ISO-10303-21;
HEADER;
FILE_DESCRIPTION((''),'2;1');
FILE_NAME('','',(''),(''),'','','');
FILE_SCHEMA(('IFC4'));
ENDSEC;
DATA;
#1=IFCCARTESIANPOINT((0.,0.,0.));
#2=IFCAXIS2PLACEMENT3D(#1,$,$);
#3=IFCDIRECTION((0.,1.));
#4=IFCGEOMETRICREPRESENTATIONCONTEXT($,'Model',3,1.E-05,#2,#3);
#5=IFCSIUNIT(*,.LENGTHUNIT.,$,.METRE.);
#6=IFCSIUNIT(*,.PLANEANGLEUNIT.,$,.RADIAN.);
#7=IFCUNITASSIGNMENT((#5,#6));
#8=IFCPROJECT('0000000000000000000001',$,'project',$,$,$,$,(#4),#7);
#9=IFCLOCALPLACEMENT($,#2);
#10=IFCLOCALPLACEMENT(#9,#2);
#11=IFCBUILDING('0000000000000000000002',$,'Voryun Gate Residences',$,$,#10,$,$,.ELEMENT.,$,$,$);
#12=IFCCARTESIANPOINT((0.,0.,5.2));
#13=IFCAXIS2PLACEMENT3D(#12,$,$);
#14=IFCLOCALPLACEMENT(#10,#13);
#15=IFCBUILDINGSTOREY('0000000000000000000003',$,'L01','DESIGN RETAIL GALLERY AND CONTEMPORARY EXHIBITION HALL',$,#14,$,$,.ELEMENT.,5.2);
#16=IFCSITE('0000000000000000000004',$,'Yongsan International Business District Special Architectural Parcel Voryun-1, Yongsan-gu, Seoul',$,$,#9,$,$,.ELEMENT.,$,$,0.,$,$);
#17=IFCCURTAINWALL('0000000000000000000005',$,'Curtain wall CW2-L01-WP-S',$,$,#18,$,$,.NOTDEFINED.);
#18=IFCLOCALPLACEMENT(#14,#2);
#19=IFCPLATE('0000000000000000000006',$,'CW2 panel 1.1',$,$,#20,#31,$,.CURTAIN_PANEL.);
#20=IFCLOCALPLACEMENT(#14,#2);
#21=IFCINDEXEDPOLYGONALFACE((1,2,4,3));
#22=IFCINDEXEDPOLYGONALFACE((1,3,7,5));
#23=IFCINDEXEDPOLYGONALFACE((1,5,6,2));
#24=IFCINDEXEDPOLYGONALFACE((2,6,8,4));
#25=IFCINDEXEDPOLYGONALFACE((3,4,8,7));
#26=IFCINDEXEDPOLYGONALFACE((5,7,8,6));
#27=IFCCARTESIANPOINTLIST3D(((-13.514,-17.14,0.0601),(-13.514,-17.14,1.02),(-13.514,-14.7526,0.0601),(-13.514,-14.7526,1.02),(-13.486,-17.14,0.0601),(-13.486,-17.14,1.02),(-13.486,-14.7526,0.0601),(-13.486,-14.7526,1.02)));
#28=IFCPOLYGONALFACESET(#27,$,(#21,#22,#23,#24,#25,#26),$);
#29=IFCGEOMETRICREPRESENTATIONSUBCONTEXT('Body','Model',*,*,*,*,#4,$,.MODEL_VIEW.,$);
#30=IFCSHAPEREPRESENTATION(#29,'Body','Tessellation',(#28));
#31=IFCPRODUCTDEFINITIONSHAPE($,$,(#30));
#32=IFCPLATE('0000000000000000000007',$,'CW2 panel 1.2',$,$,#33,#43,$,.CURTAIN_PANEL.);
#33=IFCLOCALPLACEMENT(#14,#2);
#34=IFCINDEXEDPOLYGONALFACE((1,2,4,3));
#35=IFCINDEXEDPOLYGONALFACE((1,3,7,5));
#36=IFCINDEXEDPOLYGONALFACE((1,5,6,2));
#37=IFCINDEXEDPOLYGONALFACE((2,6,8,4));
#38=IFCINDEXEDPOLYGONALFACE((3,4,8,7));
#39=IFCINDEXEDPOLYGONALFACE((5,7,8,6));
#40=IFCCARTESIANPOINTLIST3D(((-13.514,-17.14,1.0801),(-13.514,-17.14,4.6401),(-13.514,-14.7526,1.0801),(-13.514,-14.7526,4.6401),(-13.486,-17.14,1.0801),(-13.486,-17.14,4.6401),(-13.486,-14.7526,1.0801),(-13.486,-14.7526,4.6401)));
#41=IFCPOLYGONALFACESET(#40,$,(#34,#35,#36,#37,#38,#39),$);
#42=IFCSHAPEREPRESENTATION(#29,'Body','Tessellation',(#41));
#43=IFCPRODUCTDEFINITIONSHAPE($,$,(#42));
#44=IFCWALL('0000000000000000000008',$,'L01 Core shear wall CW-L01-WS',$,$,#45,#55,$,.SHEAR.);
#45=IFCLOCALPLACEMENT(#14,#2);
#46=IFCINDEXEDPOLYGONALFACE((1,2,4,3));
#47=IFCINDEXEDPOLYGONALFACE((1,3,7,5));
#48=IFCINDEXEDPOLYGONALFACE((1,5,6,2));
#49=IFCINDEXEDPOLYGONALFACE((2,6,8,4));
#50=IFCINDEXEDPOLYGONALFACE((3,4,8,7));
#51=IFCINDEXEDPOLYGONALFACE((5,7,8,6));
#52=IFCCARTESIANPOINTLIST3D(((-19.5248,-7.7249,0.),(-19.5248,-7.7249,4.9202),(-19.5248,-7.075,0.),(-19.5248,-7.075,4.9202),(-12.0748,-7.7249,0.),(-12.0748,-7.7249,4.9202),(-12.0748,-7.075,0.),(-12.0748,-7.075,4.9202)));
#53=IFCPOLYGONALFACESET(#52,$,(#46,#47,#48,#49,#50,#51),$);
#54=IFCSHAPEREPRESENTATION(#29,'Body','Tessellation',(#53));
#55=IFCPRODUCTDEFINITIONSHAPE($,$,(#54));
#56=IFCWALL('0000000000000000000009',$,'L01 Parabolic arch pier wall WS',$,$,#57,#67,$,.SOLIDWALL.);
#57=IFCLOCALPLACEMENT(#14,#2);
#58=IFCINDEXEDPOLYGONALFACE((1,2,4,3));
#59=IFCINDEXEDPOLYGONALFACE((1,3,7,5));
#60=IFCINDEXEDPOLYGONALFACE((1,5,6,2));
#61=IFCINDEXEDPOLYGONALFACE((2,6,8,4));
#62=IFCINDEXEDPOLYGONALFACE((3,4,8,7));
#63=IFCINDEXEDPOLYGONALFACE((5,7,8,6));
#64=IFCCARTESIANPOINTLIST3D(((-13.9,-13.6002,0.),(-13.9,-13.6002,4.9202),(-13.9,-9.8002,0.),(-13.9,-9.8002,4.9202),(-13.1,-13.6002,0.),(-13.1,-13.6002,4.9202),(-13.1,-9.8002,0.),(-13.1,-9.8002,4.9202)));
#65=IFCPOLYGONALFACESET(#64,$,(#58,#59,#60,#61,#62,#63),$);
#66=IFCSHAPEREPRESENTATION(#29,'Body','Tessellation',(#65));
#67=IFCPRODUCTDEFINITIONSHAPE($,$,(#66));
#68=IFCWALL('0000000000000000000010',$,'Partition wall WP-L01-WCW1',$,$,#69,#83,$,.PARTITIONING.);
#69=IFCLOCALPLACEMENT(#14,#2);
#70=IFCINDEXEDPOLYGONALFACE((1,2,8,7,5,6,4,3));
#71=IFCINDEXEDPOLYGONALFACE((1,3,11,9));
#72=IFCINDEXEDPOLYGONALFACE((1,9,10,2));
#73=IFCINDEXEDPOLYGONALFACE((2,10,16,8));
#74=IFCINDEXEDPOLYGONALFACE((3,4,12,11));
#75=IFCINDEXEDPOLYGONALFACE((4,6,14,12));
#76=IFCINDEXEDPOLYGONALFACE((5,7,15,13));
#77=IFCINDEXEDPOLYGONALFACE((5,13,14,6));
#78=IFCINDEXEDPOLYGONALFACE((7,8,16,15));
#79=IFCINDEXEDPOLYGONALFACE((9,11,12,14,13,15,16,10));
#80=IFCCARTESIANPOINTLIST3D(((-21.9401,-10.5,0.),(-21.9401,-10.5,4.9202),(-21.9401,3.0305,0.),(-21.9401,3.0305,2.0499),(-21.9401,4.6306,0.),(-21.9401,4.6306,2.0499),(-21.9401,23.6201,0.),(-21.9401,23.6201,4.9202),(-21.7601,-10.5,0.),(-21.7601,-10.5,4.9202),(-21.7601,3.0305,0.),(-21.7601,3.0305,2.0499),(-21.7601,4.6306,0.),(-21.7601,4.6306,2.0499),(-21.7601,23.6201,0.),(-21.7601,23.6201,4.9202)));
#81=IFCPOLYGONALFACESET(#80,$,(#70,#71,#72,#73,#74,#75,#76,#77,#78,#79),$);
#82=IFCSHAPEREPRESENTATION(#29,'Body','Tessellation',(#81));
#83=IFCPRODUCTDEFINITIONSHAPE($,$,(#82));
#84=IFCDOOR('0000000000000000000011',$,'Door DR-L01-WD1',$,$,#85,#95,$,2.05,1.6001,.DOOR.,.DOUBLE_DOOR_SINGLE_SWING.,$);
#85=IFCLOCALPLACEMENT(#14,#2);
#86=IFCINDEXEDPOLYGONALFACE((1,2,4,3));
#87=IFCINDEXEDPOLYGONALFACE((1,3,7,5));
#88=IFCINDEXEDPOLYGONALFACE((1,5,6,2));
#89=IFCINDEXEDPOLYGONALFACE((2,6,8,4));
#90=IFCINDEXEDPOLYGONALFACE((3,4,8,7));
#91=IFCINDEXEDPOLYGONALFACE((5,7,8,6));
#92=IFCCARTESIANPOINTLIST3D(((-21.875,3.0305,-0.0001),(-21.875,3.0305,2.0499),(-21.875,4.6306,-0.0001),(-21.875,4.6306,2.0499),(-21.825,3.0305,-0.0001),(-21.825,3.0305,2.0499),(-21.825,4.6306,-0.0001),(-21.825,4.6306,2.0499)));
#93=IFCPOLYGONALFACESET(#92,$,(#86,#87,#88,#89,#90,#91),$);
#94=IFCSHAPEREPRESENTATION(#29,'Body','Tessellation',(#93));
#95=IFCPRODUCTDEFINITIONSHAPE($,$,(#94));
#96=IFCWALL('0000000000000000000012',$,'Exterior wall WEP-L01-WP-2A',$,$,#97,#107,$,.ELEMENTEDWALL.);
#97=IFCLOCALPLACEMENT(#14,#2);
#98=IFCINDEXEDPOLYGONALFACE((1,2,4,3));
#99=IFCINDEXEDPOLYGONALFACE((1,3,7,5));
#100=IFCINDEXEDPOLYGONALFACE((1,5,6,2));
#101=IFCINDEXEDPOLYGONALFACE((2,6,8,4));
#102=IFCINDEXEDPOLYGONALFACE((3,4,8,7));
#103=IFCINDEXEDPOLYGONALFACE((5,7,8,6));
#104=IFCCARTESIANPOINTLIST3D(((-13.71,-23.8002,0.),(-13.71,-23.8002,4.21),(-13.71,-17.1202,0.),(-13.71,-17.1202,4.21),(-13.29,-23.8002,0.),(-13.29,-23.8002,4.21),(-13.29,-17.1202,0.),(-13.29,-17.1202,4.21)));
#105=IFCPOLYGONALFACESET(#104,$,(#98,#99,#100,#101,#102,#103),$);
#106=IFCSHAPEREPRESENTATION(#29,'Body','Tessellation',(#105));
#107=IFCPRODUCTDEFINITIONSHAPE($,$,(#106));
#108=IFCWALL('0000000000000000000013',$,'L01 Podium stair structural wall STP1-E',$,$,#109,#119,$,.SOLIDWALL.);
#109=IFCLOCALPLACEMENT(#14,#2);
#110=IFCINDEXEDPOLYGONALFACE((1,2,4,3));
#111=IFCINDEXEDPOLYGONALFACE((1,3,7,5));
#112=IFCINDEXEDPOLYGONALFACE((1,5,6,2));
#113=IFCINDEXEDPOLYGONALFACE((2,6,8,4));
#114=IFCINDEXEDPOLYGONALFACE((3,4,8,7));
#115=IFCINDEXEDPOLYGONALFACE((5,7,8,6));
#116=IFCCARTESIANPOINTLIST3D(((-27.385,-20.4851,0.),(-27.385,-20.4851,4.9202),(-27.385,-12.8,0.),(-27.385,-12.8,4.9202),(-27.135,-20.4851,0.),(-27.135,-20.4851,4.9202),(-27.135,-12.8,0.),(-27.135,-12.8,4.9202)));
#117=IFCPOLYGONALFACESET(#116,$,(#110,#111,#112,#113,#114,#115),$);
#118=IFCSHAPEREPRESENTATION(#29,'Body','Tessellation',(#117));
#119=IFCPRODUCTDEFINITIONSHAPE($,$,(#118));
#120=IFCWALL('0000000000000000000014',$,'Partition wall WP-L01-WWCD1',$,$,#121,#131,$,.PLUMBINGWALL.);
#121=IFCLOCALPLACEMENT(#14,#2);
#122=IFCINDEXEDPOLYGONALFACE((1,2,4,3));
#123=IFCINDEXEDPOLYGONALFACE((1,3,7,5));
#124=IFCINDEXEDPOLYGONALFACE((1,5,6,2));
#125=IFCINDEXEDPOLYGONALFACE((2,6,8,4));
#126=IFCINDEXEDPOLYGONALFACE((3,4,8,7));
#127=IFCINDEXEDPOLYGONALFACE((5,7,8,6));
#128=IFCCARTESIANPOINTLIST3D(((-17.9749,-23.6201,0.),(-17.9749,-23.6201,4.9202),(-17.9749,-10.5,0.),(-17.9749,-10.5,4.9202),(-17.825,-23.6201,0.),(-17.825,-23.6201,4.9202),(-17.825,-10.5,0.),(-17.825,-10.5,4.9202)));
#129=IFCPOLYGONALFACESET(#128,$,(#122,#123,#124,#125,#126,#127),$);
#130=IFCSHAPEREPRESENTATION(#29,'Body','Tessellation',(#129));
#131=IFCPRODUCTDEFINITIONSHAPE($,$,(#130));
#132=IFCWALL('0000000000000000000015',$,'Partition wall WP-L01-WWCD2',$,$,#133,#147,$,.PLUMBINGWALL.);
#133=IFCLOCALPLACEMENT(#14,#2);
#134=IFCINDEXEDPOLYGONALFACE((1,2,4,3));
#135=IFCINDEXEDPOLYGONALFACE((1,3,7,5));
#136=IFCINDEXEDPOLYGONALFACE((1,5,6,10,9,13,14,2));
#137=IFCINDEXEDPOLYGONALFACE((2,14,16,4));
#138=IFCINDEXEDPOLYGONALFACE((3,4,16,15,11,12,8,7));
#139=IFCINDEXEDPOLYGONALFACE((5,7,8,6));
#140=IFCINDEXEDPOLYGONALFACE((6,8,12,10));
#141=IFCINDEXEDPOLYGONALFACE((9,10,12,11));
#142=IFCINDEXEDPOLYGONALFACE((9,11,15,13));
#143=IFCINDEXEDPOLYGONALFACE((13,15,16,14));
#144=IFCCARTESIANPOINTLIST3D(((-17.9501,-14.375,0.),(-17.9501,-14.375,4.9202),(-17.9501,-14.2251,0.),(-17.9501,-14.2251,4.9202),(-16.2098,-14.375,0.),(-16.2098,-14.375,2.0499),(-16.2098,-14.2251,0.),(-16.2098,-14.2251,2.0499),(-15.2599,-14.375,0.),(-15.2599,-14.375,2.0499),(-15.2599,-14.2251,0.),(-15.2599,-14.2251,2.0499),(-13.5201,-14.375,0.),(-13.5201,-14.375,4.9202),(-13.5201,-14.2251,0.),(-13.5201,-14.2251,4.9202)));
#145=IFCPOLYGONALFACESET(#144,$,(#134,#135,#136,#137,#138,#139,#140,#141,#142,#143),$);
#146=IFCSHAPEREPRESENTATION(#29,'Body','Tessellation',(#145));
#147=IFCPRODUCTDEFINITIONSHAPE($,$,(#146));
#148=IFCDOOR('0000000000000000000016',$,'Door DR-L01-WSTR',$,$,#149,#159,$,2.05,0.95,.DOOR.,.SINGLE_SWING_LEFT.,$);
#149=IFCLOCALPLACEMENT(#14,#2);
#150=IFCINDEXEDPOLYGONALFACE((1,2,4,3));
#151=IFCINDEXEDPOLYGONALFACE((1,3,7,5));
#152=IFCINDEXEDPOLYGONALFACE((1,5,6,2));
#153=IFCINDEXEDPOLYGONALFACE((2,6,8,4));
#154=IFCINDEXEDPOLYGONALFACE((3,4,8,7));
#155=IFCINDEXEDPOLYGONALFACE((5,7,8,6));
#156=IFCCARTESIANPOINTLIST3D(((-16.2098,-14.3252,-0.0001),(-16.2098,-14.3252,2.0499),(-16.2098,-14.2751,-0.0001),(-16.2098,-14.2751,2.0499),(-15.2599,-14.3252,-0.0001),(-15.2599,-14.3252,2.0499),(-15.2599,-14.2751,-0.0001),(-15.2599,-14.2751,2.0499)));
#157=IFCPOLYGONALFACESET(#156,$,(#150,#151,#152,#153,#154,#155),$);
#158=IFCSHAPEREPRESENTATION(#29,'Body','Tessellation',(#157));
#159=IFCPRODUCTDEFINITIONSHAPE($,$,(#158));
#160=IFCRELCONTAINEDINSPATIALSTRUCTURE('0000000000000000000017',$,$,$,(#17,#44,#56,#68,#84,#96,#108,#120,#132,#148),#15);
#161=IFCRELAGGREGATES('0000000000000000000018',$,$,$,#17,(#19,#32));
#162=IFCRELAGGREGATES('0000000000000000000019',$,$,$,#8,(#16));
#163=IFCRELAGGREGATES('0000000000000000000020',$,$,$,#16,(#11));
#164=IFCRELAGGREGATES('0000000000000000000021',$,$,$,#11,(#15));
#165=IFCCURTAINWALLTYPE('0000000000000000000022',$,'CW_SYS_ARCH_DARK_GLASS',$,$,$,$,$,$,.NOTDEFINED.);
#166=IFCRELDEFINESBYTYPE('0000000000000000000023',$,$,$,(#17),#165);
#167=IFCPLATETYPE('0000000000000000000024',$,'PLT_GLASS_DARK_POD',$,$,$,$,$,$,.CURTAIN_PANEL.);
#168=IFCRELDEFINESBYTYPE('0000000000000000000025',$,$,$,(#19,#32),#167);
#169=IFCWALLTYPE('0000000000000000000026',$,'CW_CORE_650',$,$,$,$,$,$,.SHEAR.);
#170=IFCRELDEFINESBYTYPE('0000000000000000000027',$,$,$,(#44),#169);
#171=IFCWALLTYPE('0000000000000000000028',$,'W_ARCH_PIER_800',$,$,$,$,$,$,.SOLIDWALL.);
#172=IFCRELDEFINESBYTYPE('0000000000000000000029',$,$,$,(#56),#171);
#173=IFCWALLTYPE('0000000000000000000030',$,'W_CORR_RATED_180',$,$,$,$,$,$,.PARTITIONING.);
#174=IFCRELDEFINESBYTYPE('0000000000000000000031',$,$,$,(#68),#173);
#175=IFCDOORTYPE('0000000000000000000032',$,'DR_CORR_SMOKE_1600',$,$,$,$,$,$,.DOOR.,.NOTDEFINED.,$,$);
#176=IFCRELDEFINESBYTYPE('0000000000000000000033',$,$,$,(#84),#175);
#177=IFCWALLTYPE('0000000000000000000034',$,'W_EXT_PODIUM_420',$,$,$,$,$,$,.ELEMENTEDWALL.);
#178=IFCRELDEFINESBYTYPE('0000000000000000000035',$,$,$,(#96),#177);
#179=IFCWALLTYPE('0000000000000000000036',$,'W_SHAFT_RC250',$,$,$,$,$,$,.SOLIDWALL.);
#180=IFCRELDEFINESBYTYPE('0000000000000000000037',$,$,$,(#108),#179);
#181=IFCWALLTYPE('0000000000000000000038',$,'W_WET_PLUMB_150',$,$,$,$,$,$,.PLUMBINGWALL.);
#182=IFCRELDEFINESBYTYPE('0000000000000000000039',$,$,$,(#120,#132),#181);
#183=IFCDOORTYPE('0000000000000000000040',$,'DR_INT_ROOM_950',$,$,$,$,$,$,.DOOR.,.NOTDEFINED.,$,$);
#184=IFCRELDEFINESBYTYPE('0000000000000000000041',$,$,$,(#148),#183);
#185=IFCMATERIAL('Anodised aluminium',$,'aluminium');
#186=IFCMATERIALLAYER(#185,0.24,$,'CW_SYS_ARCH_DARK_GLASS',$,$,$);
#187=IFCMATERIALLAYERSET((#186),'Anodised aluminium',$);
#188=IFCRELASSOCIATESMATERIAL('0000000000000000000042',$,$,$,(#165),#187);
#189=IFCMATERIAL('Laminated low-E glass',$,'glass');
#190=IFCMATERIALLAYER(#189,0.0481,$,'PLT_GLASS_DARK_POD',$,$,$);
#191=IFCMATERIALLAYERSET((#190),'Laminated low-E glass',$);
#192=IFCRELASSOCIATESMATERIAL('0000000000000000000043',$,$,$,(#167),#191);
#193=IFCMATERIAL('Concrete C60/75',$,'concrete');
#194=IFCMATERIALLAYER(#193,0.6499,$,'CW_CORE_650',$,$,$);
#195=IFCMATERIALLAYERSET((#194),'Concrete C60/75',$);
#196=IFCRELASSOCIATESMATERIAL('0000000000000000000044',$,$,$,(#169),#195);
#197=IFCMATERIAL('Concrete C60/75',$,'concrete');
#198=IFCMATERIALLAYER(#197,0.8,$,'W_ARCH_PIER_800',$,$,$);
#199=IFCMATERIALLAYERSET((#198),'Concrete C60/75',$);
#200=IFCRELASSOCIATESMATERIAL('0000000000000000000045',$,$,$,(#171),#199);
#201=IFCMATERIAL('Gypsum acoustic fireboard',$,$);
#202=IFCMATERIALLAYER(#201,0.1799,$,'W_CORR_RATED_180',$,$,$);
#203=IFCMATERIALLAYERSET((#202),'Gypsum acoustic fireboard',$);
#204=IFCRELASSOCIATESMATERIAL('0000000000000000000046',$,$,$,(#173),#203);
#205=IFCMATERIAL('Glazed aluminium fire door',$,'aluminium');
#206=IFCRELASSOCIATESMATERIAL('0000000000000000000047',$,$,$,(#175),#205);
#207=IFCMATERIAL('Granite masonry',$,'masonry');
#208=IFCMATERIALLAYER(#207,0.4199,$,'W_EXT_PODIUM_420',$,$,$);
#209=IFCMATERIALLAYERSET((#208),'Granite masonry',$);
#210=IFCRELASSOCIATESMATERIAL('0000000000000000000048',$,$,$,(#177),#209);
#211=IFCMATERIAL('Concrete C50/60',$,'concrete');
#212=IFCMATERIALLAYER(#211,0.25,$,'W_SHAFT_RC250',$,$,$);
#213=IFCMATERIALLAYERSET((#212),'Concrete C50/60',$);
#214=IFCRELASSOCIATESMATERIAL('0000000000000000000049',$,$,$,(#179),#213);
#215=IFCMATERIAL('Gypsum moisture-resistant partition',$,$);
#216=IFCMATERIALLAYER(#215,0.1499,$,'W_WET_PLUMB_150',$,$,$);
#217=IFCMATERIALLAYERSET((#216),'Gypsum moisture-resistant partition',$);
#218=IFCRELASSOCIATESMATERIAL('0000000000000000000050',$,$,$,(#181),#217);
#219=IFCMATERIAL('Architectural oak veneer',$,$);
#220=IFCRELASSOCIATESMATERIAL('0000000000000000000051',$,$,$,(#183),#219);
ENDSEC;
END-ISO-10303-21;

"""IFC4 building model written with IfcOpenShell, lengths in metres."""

from ifc_helpers import new_model, si_unit, direction, frame, frame_2d, origin, origin_2d, place, context, subcontext, project, spatial, rectangle, extrude, material, layer, layer_set, type_object, element, fill, aggregate, save


model = new_model("IFC4")

# Units and contexts
model_context = context("Model", 3, precision=1e-05, world=origin(), true_north=direction((0.0, 1.0)))
body_context = subcontext(model_context, "Body", "Model", "MODEL_VIEW")
ifc_project = project(units=[si_unit("LENGTHUNIT", "METRE"), si_unit("PLANEANGLEUNIT", "RADIAN")], contexts=[model_context])

# Site, building, storey
site_placement = place(None, origin())
site = spatial("IfcSite", under=ifc_project, at=site_placement, Name="Yongsan International Business District Special Architectural Parcel Voryun-1, Yongsan-gu, Seoul", CompositionType="ELEMENT", RefElevation=0.0)
building_placement = place(site_placement, origin())
building = spatial("IfcBuilding", under=site, at=building_placement, Name="Voryun Gate Residences", CompositionType="ELEMENT")
storey_placement = place(building_placement, frame((0.0, 0.0, 5.2)))
storey = spatial("IfcBuildingStorey", under=building, at=storey_placement, Name="L01", Description="DESIGN RETAIL GALLERY AND CONTEMPORARY EXHIBITION HALL", CompositionType="ELEMENT", Elevation=5.2)

# Curtain wall
ifc_material_1 = material(Name="Anodised aluminium", Category="aluminium")
ifc_layer_1 = layer(ifc_material_1, 0.24, Name="CW_SYS_ARCH_DARK_GLASS")
ifc_layer_set_1 = layer_set([ifc_layer_1], Name="Anodised aluminium")
curtain_wall_type = type_object("IfcCurtainWallType", Name="CW_SYS_ARCH_DARK_GLASS", PredefinedType="NOTDEFINED", material=ifc_layer_set_1)
curtain_wall_placement = place(storey_placement, origin())
curtain_wall = element("IfcCurtainWall", 1, at=curtain_wall_placement, inside=storey, type_object=curtain_wall_type, Name="Curtain wall CW2-L01-WP-S", PredefinedType="NOTDEFINED")

# Plates
ifc_material_2 = material(Name="Laminated low-E glass", Category="glass")
ifc_layer_2 = layer(ifc_material_2, 0.0481, Name="PLT_GLASS_DARK_POD")
ifc_layer_set_2 = layer_set([ifc_layer_2], Name="Laminated low-E glass")
plate_type_1 = type_object("IfcPlateType", Name="PLT_GLASS_DARK_POD", PredefinedType="CURTAIN_PANEL", material=ifc_layer_set_2)
plate_1_placement = place(storey_placement, frame((-13.5, -15.9463, 0.0601), z_axis=(0.0, 0.0, 1.0), x_axis=(0.0, 1.0, 0.0)))
plate_1 = element("IfcPlate", 2, at=plate_1_placement, type_object=plate_type_1, Name="CW2 panel 1.1", PredefinedType="CURTAIN_PANEL", context=body_context, shape_type="SweptSolid", body=[
    extrude(rectangle(XDim=2.3875, YDim=0.0281, at=origin_2d()), origin(), (0.0, 0.0, 1.0), 0.96),
])
plate_2_placement = place(storey_placement, frame((-13.5, -15.9463, 1.0801), z_axis=(0.0, 0.0, 1.0), x_axis=(0.0, 1.0, 0.0)))
plate_2 = element("IfcPlate", 3, at=plate_2_placement, type_object=plate_type_1, Name="CW2 panel 1.2", PredefinedType="CURTAIN_PANEL", context=body_context, shape_type="SweptSolid", body=[
    extrude(rectangle(XDim=2.3875, YDim=0.0281, at=origin_2d()), origin(), (0.0, 0.0, 1.0), 3.5601),
])
aggregate(curtain_wall, [plate_1, plate_2])

# Walls
ifc_material_3 = material(Name="Concrete C60/75", Category="concrete")
ifc_layer_3 = layer(ifc_material_3, 0.6499, Name="CW_CORE_650")
ifc_layer_set_3 = layer_set([ifc_layer_3], Name="Concrete C60/75")
wall_type_1 = type_object("IfcWallType", Name="CW_CORE_650", PredefinedType="SHEAR", material=ifc_layer_set_3)
wall_1_placement = place(storey_placement, frame((-19.5249, -7.3999, 0.0), z_axis=(0.0, 0.0, 1.0), x_axis=(1.0, 0.0, 0.0)))
element("IfcWall", 4, at=wall_1_placement, inside=storey, type_object=wall_type_1, Name="L01 Core shear wall CW-L01-WS", PredefinedType="SHEAR", context=body_context, shape_type="SweptSolid", body=[
    extrude(rectangle(XDim=7.45, YDim=0.6499, at=frame_2d((3.7251, 0.0))), origin(), (0.0, 0.0, 1.0), 4.9202),
])
ifc_material_4 = material(Name="Concrete C60/75", Category="concrete")
ifc_layer_4 = layer(ifc_material_4, 0.8, Name="W_ARCH_PIER_800")
ifc_layer_set_4 = layer_set([ifc_layer_4], Name="Concrete C60/75")
wall_type_2 = type_object("IfcWallType", Name="W_ARCH_PIER_800", PredefinedType="SOLIDWALL", material=ifc_layer_set_4)
wall_2_placement = place(storey_placement, frame((-13.5, -13.6001, 0.0), z_axis=(0.0, 0.0, 1.0), x_axis=(0.0, 1.0, 0.0)))
element("IfcWall", 5, at=wall_2_placement, inside=storey, type_object=wall_type_2, Name="L01 Parabolic arch pier wall WS", PredefinedType="SOLIDWALL", context=body_context, shape_type="SweptSolid", body=[
    extrude(rectangle(XDim=3.8, YDim=0.8, at=frame_2d((1.8999, 0.0))), origin(), (0.0, 0.0, 1.0), 4.9202),
])

# Wall, opening, door
ifc_material_5 = material(Name="Gypsum acoustic fireboard")
ifc_layer_5 = layer(ifc_material_5, 0.1799, Name="W_CORR_RATED_180")
ifc_layer_set_5 = layer_set([ifc_layer_5], Name="Gypsum acoustic fireboard")
wall_type_3 = type_object("IfcWallType", Name="W_CORR_RATED_180", PredefinedType="PARTITIONING", material=ifc_layer_set_5)
wall_3_placement = place(storey_placement, frame((-21.8501, -10.5, 0.0), z_axis=(0.0, 0.0, 1.0), x_axis=(0.0, 1.0, 0.0)))
wall_3 = element("IfcWall", 6, at=wall_3_placement, inside=storey, type_object=wall_type_3, Name="Partition wall WP-L01-WCW1", PredefinedType="PARTITIONING", context=body_context, shape_type="SweptSolid", body=[
    extrude(rectangle(XDim=34.1201, YDim=0.1799, at=frame_2d((17.0601, 0.0))), origin(), (0.0, 0.0, 1.0), 4.9202),
])
opening_1_placement = place(wall_3_placement, frame((13.5305, 0.0, 0.0)))
opening_1 = element("IfcOpeningElement", 7, at=opening_1_placement, cuts=wall_3, PredefinedType="OPENING", context=body_context, shape_type="SweptSolid", body=[
    extrude(rectangle(XDim=1.6001, YDim=2.05, at=frame_2d((0.8, 1.0249))), frame((0.0, 0.0999, 0.0), z_axis=(0.0, -1.0, 0.0), x_axis=(1.0, 0.0, 0.0)), (0.0, 0.0, 1.0), 0.2),
])
ifc_material_6 = material(Name="Glazed aluminium fire door", Category="aluminium")
door_type_1 = type_object("IfcDoorType", Name="DR_CORR_SMOKE_1600", OperationType="NOTDEFINED", PredefinedType="DOOR", material=ifc_material_6)
door_1_placement = place(opening_1_placement, origin())
door_1 = element("IfcDoor", 8, at=door_1_placement, inside=storey, type_object=door_type_1, Name="Door DR-L01-WD1", OperationType="DOUBLE_DOOR_SINGLE_SWING", OverallHeight=2.05, OverallWidth=1.6001, PredefinedType="DOOR", context=body_context, shape_type="SweptSolid", body=[
    extrude(rectangle(XDim=1.6001, YDim=2.05, at=frame_2d((0.8, 1.0249))), frame((0.0, 0.0249, 0.0), z_axis=(0.0, -1.0, 0.0), x_axis=(1.0, 0.0, 0.0)), (0.0, 0.0, 1.0), 0.05),
])
fill(opening_1, door_1)

# Walls
ifc_material_7 = material(Name="Granite masonry", Category="masonry")
ifc_layer_6 = layer(ifc_material_7, 0.4199, Name="W_EXT_PODIUM_420")
ifc_layer_set_6 = layer_set([ifc_layer_6], Name="Granite masonry")
wall_type_4 = type_object("IfcWallType", Name="W_EXT_PODIUM_420", PredefinedType="ELEMENTEDWALL", material=ifc_layer_set_6)
wall_4_placement = place(storey_placement, frame((-13.5, -23.8, 0.0), z_axis=(0.0, 0.0, 1.0), x_axis=(0.0, 1.0, 0.0)))
element("IfcWall", 9, at=wall_4_placement, inside=storey, type_object=wall_type_4, Name="Exterior wall WEP-L01-WP-2A", PredefinedType="ELEMENTEDWALL", context=body_context, shape_type="SweptSolid", body=[
    extrude(rectangle(XDim=6.6799, YDim=0.4199, at=frame_2d((3.3398, 0.0))), origin(), (0.0, 0.0, 1.0), 4.21),
])
ifc_material_8 = material(Name="Concrete C50/60", Category="concrete")
ifc_layer_7 = layer(ifc_material_8, 0.25, Name="W_SHAFT_RC250")
ifc_layer_set_7 = layer_set([ifc_layer_7], Name="Concrete C50/60")
wall_type_5 = type_object("IfcWallType", Name="W_SHAFT_RC250", PredefinedType="SOLIDWALL", material=ifc_layer_set_7)
wall_5_placement = place(storey_placement, frame((-27.26, -20.4851, 0.0), z_axis=(0.0, 0.0, 1.0), x_axis=(0.0, 1.0, 0.0)))
element("IfcWall", 10, at=wall_5_placement, inside=storey, type_object=wall_type_5, Name="L01 Podium stair structural wall STP1-E", PredefinedType="SOLIDWALL", context=body_context, shape_type="SweptSolid", body=[
    extrude(rectangle(XDim=7.6851, YDim=0.25, at=frame_2d((3.8425, 0.0))), origin(), (0.0, 0.0, 1.0), 4.9202),
])
ifc_material_9 = material(Name="Gypsum moisture-resistant partition")
ifc_layer_8 = layer(ifc_material_9, 0.1499, Name="W_WET_PLUMB_150")
ifc_layer_set_8 = layer_set([ifc_layer_8], Name="Gypsum moisture-resistant partition")
wall_type_6 = type_object("IfcWallType", Name="W_WET_PLUMB_150", PredefinedType="PLUMBINGWALL", material=ifc_layer_set_8)
wall_6_placement = place(storey_placement, frame((-17.8999, -23.6201, 0.0), z_axis=(0.0, 0.0, 1.0), x_axis=(0.0, 1.0, 0.0)))
element("IfcWall", 11, at=wall_6_placement, inside=storey, type_object=wall_type_6, Name="Partition wall WP-L01-WWCD1", PredefinedType="PLUMBINGWALL", context=body_context, shape_type="SweptSolid", body=[
    extrude(rectangle(XDim=13.1201, YDim=0.1499, at=frame_2d((6.5601, 0.0))), origin(), (0.0, 0.0, 1.0), 4.9202),
])

# Wall, opening, door
wall_7_placement = place(storey_placement, frame((-17.95, -14.3, 0.0), z_axis=(0.0, 0.0, 1.0), x_axis=(1.0, 0.0, 0.0)))
wall_7 = element("IfcWall", 12, at=wall_7_placement, inside=storey, type_object=wall_type_6, Name="Partition wall WP-L01-WWCD2", PredefinedType="PLUMBINGWALL", context=body_context, shape_type="SweptSolid", body=[
    extrude(rectangle(XDim=4.4299, YDim=0.1499, at=frame_2d((2.2148, 0.0))), origin(), (0.0, 0.0, 1.0), 4.9202),
])
opening_2_placement = place(wall_7_placement, frame((1.74, 0.0, 0.0)))
opening_2 = element("IfcOpeningElement", 13, at=opening_2_placement, cuts=wall_7, PredefinedType="OPENING", context=body_context, shape_type="SweptSolid", body=[
    extrude(rectangle(XDim=0.95, YDim=2.05, at=frame_2d((0.4751, 1.0249))), frame((0.0, 0.085, 0.0), z_axis=(0.0, -1.0, 0.0), x_axis=(1.0, 0.0, 0.0)), (0.0, 0.0, 1.0), 0.1699),
])
ifc_material_10 = material(Name="Architectural oak veneer")
door_type_2 = type_object("IfcDoorType", Name="DR_INT_ROOM_950", OperationType="NOTDEFINED", PredefinedType="DOOR", material=ifc_material_10)
door_2_placement = place(opening_2_placement, origin())
door_2 = element("IfcDoor", 14, at=door_2_placement, inside=storey, type_object=door_type_2, Name="Door DR-L01-WSTR", OperationType="SINGLE_SWING_LEFT", OverallHeight=2.05, OverallWidth=0.95, PredefinedType="DOOR", context=body_context, shape_type="SweptSolid", body=[
    extrude(rectangle(XDim=0.95, YDim=2.05, at=frame_2d((0.4751, 1.0249))), frame((0.0, 0.0249, 0.0), z_axis=(0.0, -1.0, 0.0), x_axis=(1.0, 0.0, 0.0)), (0.0, 0.0, 1.0), 0.05),
])
fill(opening_2, door_2)

save(model, "model.ifc")
